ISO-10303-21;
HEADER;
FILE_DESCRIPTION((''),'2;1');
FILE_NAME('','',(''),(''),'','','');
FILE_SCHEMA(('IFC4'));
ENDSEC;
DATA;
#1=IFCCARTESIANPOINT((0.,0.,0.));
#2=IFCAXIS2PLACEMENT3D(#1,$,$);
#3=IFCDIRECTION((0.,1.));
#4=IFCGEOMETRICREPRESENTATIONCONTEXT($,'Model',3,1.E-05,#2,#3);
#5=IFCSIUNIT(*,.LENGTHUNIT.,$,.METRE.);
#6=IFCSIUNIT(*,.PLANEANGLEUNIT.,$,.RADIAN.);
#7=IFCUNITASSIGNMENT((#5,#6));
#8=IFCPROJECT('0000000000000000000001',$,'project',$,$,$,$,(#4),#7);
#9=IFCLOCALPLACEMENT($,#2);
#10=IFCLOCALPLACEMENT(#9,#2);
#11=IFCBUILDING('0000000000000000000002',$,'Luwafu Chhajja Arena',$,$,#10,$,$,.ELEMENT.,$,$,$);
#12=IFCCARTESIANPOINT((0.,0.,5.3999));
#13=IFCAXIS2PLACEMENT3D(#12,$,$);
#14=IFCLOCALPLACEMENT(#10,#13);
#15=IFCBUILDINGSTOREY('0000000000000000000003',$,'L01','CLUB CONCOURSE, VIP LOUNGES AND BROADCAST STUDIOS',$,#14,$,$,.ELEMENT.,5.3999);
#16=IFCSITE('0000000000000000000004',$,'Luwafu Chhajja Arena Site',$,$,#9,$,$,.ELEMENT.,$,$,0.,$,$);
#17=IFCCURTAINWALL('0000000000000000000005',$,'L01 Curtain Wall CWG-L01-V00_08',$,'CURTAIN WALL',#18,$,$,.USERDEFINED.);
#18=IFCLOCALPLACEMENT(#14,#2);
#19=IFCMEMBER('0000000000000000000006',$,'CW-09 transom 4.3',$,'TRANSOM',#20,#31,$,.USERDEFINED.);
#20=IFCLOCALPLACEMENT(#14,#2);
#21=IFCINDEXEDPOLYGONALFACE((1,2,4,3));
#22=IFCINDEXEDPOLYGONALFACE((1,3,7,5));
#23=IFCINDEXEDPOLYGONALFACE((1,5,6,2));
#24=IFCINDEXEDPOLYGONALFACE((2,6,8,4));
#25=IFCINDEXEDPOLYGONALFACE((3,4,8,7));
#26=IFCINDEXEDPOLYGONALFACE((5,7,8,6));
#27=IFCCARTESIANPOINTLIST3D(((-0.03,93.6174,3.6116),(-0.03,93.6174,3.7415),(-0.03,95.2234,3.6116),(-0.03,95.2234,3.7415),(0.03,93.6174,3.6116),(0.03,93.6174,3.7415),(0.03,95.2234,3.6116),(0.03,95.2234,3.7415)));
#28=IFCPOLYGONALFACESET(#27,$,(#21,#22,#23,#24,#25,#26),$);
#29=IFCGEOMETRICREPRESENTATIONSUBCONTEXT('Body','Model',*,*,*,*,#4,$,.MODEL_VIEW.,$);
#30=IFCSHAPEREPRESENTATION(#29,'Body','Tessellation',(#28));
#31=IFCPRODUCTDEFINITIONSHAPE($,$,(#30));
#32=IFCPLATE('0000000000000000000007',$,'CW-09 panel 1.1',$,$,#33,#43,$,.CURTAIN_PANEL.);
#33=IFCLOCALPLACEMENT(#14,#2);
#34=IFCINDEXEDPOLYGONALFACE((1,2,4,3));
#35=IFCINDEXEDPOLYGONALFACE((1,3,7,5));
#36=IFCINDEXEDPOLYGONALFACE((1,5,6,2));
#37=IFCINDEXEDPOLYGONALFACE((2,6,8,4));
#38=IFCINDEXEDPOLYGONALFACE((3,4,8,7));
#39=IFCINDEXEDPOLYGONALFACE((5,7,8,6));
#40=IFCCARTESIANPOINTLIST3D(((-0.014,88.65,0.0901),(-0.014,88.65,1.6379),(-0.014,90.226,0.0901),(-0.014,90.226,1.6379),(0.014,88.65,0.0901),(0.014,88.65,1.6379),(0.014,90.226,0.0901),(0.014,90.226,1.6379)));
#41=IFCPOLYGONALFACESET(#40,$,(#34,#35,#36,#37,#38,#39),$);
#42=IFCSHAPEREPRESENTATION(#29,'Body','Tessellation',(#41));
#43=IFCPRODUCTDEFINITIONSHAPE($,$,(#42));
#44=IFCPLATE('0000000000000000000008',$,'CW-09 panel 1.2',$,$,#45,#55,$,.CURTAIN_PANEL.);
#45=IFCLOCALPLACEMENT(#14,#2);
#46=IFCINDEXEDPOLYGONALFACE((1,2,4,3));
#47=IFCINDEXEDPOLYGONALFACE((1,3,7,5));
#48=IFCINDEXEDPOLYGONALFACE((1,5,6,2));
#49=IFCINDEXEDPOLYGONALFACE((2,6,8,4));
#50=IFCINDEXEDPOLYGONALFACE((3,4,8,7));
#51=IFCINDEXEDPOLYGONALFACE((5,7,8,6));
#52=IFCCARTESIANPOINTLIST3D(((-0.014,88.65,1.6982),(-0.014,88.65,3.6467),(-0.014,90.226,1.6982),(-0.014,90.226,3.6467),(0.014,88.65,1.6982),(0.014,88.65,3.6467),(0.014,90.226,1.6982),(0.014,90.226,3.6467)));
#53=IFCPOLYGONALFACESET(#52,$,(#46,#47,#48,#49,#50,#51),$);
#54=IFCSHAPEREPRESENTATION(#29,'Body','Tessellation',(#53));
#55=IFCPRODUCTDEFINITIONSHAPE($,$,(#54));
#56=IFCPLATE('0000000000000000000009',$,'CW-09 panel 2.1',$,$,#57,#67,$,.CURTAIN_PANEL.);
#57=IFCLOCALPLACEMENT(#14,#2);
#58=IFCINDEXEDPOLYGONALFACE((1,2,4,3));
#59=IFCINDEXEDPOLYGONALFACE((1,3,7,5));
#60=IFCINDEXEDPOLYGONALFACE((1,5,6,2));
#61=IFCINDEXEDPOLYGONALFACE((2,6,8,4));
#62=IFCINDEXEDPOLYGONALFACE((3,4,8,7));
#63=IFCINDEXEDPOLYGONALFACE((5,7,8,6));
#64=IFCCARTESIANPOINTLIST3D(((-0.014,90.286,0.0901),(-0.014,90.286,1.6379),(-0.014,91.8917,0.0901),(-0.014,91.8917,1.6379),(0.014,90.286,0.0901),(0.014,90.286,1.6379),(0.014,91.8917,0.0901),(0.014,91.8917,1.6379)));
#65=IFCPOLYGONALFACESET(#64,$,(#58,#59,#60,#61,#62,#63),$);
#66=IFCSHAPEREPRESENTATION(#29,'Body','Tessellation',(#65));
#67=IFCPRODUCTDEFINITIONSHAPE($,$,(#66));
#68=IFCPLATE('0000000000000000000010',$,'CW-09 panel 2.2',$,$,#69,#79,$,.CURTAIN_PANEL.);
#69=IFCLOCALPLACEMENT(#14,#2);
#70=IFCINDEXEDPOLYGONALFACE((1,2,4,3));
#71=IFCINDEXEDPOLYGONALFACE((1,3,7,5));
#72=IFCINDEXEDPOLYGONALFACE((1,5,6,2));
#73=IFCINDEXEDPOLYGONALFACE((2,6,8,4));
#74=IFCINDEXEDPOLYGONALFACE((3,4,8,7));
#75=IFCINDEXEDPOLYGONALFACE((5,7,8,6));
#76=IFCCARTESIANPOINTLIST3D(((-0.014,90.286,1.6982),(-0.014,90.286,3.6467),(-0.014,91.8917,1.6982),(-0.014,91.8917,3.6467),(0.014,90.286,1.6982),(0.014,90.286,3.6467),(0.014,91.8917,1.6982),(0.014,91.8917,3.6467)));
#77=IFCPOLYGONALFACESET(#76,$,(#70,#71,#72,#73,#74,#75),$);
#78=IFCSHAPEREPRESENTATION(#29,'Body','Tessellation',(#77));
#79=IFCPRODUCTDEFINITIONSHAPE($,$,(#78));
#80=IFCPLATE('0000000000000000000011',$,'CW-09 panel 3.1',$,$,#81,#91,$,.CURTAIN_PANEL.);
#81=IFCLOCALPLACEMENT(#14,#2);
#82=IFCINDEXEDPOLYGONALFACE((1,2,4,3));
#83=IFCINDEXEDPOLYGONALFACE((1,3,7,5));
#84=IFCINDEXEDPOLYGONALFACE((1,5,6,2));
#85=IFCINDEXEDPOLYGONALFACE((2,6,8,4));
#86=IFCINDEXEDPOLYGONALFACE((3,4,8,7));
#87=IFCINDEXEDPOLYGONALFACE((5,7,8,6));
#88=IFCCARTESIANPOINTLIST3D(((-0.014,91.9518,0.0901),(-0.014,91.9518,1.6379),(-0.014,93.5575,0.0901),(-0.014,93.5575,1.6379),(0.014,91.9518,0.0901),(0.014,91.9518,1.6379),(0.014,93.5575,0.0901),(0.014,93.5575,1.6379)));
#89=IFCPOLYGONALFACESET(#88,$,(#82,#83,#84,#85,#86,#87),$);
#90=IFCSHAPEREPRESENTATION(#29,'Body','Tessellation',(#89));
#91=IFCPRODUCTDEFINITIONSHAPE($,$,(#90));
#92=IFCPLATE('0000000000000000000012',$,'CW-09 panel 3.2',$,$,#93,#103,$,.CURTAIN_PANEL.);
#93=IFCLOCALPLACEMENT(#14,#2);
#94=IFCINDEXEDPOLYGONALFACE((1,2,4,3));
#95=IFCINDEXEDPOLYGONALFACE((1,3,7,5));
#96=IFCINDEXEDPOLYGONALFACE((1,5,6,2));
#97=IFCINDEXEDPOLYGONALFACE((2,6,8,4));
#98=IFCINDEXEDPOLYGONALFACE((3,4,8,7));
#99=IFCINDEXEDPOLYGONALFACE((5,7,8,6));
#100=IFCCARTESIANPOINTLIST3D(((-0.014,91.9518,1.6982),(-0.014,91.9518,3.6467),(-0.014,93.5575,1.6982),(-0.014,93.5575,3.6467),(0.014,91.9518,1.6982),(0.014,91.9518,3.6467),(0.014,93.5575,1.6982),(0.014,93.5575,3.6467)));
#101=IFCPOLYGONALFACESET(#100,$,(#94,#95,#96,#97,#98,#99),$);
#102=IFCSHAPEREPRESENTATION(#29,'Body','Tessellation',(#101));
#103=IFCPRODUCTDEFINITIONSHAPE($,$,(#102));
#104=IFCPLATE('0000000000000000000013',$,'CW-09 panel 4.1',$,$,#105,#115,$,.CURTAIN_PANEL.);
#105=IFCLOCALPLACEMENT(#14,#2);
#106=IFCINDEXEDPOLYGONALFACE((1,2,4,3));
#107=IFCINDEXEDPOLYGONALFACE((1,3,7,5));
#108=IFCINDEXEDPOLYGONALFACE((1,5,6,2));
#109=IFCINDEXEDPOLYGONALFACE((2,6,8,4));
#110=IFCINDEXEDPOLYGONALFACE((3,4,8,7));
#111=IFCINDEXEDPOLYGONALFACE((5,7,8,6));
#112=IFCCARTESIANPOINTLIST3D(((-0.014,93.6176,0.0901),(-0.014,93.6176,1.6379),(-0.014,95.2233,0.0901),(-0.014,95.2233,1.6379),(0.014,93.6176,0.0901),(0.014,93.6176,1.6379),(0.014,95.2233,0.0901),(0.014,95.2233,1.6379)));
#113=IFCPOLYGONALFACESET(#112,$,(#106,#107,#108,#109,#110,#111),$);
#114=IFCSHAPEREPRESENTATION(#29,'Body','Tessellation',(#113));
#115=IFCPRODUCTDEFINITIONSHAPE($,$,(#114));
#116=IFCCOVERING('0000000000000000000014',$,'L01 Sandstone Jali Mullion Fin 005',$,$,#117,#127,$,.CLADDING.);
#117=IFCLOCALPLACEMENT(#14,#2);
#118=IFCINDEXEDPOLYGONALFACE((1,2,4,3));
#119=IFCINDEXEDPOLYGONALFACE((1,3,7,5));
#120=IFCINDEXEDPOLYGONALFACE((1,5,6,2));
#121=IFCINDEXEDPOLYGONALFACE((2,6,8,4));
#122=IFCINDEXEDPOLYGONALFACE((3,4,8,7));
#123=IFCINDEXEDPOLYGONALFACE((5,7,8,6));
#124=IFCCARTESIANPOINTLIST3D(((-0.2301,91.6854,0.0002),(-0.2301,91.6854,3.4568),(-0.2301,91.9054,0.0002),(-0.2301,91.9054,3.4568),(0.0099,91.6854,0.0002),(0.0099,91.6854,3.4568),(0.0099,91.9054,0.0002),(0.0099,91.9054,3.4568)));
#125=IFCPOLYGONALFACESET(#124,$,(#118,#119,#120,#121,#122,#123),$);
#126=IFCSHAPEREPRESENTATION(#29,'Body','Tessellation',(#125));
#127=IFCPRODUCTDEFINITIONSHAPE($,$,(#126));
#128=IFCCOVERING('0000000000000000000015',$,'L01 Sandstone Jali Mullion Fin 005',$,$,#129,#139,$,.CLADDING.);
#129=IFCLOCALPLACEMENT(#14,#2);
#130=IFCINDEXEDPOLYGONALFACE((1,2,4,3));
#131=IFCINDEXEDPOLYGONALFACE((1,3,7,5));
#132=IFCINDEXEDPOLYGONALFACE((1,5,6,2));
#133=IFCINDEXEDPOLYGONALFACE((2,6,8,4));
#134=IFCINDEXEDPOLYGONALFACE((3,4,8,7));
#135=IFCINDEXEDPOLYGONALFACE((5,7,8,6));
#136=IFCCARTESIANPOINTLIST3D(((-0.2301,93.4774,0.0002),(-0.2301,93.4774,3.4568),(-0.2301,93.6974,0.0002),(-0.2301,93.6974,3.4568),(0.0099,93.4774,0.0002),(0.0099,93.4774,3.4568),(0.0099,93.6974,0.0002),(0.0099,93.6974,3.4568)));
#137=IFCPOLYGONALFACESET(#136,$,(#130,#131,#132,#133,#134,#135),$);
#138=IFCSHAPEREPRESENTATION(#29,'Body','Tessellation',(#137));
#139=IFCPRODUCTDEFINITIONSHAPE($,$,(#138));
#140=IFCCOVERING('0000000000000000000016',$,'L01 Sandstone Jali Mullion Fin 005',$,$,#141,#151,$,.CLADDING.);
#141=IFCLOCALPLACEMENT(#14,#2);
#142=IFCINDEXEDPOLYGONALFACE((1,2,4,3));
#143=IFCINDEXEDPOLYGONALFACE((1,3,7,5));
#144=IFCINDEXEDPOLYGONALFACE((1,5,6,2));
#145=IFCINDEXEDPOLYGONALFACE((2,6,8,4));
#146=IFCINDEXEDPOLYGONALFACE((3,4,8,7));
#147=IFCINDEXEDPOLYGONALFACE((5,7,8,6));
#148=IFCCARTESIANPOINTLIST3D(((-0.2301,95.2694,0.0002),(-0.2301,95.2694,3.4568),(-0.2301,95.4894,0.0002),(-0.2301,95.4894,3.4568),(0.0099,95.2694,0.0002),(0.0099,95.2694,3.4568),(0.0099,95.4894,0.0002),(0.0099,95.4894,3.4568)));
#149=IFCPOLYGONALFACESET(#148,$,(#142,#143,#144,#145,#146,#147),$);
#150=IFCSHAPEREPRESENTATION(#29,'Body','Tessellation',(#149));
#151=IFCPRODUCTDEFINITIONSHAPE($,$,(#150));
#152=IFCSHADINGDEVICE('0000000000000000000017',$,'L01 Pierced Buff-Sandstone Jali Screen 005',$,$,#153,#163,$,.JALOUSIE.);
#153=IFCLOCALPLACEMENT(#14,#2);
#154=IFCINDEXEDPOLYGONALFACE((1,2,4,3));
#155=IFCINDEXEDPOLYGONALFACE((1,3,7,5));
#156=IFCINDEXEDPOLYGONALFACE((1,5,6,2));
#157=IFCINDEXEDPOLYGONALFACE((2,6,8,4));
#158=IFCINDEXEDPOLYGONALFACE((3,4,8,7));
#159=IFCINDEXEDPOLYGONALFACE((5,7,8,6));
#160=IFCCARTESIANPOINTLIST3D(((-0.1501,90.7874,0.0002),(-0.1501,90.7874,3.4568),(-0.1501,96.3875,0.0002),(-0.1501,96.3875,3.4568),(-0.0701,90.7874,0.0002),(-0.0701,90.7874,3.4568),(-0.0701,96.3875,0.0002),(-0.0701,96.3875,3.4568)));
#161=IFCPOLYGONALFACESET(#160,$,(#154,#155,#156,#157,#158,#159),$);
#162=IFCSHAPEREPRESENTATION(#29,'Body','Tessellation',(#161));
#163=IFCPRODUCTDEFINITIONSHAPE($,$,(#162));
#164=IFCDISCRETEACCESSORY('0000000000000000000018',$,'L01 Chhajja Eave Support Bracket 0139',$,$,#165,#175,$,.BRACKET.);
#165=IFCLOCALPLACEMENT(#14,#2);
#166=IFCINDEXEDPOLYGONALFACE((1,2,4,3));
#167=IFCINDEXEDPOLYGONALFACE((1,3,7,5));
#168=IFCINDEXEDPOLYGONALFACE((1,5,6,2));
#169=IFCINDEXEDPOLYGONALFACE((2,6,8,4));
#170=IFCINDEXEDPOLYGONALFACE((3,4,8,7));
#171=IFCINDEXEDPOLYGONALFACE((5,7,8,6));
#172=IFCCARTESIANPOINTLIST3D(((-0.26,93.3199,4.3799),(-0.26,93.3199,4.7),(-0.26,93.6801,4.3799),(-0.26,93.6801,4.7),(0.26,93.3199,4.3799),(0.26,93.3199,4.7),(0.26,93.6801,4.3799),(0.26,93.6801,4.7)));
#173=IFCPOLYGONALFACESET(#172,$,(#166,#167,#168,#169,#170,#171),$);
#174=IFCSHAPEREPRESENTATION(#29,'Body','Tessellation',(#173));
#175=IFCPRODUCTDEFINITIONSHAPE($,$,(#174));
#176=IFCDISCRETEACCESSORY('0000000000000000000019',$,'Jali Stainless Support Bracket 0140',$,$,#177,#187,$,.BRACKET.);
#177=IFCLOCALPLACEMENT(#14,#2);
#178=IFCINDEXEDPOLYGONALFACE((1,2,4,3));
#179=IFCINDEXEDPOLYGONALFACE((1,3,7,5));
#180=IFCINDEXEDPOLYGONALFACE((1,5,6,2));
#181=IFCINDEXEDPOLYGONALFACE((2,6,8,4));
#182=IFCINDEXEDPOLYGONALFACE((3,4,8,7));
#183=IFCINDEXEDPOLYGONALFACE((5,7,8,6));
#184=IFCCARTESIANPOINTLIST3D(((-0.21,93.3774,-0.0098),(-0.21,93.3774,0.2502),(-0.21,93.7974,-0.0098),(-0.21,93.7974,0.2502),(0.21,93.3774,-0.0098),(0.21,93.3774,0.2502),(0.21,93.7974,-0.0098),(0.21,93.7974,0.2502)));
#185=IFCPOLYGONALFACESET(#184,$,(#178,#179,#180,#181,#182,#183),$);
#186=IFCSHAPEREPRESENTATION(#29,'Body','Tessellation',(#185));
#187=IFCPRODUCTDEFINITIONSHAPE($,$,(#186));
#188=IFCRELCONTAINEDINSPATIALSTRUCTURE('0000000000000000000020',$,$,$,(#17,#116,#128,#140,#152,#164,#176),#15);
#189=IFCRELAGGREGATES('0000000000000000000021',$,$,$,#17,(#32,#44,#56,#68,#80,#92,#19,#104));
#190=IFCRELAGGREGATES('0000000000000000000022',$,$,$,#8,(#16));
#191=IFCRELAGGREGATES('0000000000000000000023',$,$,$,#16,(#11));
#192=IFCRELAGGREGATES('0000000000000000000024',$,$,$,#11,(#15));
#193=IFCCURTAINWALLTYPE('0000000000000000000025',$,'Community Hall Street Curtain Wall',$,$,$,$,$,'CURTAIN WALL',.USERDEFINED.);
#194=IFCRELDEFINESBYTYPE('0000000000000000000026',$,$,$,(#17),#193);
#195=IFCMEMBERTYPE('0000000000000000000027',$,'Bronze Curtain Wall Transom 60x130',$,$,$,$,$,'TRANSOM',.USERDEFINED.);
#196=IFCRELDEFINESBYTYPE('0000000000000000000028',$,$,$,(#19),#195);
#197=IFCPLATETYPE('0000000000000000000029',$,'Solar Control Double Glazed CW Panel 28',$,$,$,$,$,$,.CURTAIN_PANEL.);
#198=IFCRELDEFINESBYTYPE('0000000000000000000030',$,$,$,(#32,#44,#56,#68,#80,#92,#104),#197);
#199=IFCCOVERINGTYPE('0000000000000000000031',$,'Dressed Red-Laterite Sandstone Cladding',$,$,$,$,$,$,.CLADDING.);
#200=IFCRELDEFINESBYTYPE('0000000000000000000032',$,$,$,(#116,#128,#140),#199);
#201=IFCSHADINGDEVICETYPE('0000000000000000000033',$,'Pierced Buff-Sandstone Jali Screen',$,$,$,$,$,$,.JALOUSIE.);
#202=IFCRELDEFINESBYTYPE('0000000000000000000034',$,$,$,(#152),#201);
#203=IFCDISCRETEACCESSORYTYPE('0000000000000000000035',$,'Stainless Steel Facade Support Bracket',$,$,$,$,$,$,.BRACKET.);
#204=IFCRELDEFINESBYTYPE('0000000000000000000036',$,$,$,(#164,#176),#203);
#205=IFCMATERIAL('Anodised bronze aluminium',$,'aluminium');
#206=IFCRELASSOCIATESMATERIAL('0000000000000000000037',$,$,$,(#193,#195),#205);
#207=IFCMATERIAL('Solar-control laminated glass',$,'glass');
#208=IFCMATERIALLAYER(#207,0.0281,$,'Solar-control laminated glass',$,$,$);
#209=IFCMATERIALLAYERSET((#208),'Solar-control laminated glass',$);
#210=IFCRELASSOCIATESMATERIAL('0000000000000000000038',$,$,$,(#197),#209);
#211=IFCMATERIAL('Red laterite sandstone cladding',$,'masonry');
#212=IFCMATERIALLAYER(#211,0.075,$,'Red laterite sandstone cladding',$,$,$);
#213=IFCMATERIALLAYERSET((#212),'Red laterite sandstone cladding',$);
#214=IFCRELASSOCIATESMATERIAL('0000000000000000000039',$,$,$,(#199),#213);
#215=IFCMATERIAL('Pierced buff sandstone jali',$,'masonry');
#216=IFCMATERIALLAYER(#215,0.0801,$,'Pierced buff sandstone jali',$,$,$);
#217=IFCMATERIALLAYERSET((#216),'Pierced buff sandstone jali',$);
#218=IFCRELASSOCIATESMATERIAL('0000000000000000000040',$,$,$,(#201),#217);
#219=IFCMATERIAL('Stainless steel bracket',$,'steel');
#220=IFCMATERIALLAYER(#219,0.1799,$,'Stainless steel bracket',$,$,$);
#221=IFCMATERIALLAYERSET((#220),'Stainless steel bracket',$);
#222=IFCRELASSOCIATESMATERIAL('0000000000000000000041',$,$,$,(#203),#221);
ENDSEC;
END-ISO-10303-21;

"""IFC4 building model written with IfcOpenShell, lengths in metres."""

from ifc_helpers import new_model, si_unit, direction, frame, origin, origin_2d, place, context, subcontext, project, spatial, rectangle, extrude, material, layer, layer_set, material_profile, profile_set, type_object, element, aggregate, save


model = new_model("IFC4")

# Units and contexts
model_context = context("Model", 3, precision=1e-05, world=origin(), true_north=direction((0.0, 1.0)))
body_context = subcontext(model_context, "Body", "Model", "MODEL_VIEW")
ifc_project = project(units=[si_unit("LENGTHUNIT", "METRE"), si_unit("PLANEANGLEUNIT", "RADIAN")], contexts=[model_context])

# Site, building, storey
site_placement = place(None, origin())
site = spatial("IfcSite", under=ifc_project, at=site_placement, Name="Luwafu Chhajja Arena Site", CompositionType="ELEMENT", RefElevation=0.0)
building_placement = place(site_placement, origin())
building = spatial("IfcBuilding", under=site, at=building_placement, Name="Luwafu Chhajja Arena", CompositionType="ELEMENT")
storey_placement = place(building_placement, frame((0.0, 0.0, 5.3999)))
storey = spatial("IfcBuildingStorey", under=building, at=storey_placement, Name="L01", Description="CLUB CONCOURSE, VIP LOUNGES AND BROADCAST STUDIOS", CompositionType="ELEMENT", Elevation=5.3999)

# Curtain wall, member, plates
ifc_material_1 = material(Name="Anodised bronze aluminium", Category="aluminium")
curtain_wall_type = type_object("IfcCurtainWallType", Name="Community Hall Street Curtain Wall", ElementType="CURTAIN WALL", PredefinedType="USERDEFINED", material=ifc_material_1)
curtain_wall_placement = place(storey_placement, origin())
curtain_wall = element("IfcCurtainWall", 1, at=curtain_wall_placement, inside=storey, type_object=curtain_wall_type, Name="L01 Curtain Wall CWG-L01-V00_08", ObjectType="CURTAIN WALL", PredefinedType="USERDEFINED")
ifc_material_profile_1 = material_profile(ifc_material_1, rectangle(XDim=0.0601, YDim=0.1299, at=origin_2d()), Name="CWT 60x130")
ifc_profile_set_1 = profile_set([ifc_material_profile_1], Name="Anodised bronze aluminium")
member_type_1 = type_object("IfcMemberType", Name="Bronze Curtain Wall Transom 60x130", ElementType="TRANSOM", PredefinedType="USERDEFINED", material=ifc_profile_set_1)
member_1_placement = place(storey_placement, frame((0.0, 93.6174, 3.6765), z_axis=(0.0, 1.0, 0.0), x_axis=(-1.0, 0.0, 0.0)))
member_1 = element("IfcMember", 2, at=member_1_placement, type_object=member_type_1, Name="CW-09 transom 4.3", ObjectType="TRANSOM", PredefinedType="USERDEFINED", context=body_context, shape_type="SweptSolid", body=[
    extrude(rectangle(XDim=0.0601, YDim=0.1299, at=origin_2d()), origin(), (0.0, 0.0, 1.0), 1.606),
])
ifc_material_2 = material(Name="Solar-control laminated glass", Category="glass")
ifc_layer_1 = layer(ifc_material_2, 0.0281, Name="Solar-control laminated glass")
ifc_layer_set_1 = layer_set([ifc_layer_1], Name="Solar-control laminated glass")
plate_type = type_object("IfcPlateType", Name="Solar Control Double Glazed CW Panel 28", PredefinedType="CURTAIN_PANEL", material=ifc_layer_set_1)
plate_1_placement = place(storey_placement, frame((0.0, 89.438, 0.0901), z_axis=(0.0, 0.0, 1.0), x_axis=(0.0, 1.0, 0.0)))
plate_1 = element("IfcPlate", 3, at=plate_1_placement, type_object=plate_type, Name="CW-09 panel 1.1", PredefinedType="CURTAIN_PANEL", context=body_context, shape_type="SweptSolid", body=[
    extrude(rectangle(XDim=1.5759, YDim=0.0281, at=origin_2d()), origin(), (0.0, 0.0, 1.0), 1.5479),
])
plate_2_placement = place(storey_placement, frame((0.0, 89.438, 1.6982), z_axis=(0.0, 0.0, 1.0), x_axis=(0.0, 1.0, 0.0)))
plate_2 = element("IfcPlate", 4, at=plate_2_placement, type_object=plate_type, Name="CW-09 panel 1.2", PredefinedType="CURTAIN_PANEL", context=body_context, shape_type="SweptSolid", body=[
    extrude(rectangle(XDim=1.5759, YDim=0.0281, at=origin_2d()), origin(), (0.0, 0.0, 1.0), 1.9485),
])
plate_3_placement = place(storey_placement, frame((0.0, 91.0889, 0.0901), z_axis=(0.0, 0.0, 1.0), x_axis=(0.0, 1.0, 0.0)))
plate_3 = element("IfcPlate", 5, at=plate_3_placement, type_object=plate_type, Name="CW-09 panel 2.1", PredefinedType="CURTAIN_PANEL", context=body_context, shape_type="SweptSolid", body=[
    extrude(rectangle(XDim=1.6057, YDim=0.0281, at=origin_2d()), origin(), (0.0, 0.0, 1.0), 1.5479),
])
plate_4_placement = place(storey_placement, frame((0.0, 91.0889, 1.6982), z_axis=(0.0, 0.0, 1.0), x_axis=(0.0, 1.0, 0.0)))
plate_4 = element("IfcPlate", 6, at=plate_4_placement, type_object=plate_type, Name="CW-09 panel 2.2", PredefinedType="CURTAIN_PANEL", context=body_context, shape_type="SweptSolid", body=[
    extrude(rectangle(XDim=1.6057, YDim=0.0281, at=origin_2d()), origin(), (0.0, 0.0, 1.0), 1.9485),
])
plate_5_placement = place(storey_placement, frame((0.0, 92.7546, 0.0901), z_axis=(0.0, 0.0, 1.0), x_axis=(0.0, 1.0, 0.0)))
plate_5 = element("IfcPlate", 7, at=plate_5_placement, type_object=plate_type, Name="CW-09 panel 3.1", PredefinedType="CURTAIN_PANEL", context=body_context, shape_type="SweptSolid", body=[
    extrude(rectangle(XDim=1.6057, YDim=0.0281, at=origin_2d()), origin(), (0.0, 0.0, 1.0), 1.5479),
])
plate_6_placement = place(storey_placement, frame((0.0, 92.7546, 1.6982), z_axis=(0.0, 0.0, 1.0), x_axis=(0.0, 1.0, 0.0)))
plate_6 = element("IfcPlate", 8, at=plate_6_placement, type_object=plate_type, Name="CW-09 panel 3.2", PredefinedType="CURTAIN_PANEL", context=body_context, shape_type="SweptSolid", body=[
    extrude(rectangle(XDim=1.6057, YDim=0.0281, at=origin_2d()), origin(), (0.0, 0.0, 1.0), 1.9485),
])
plate_7_placement = place(storey_placement, frame((0.0, 94.4204, 0.0901), z_axis=(0.0, 0.0, 1.0), x_axis=(0.0, 1.0, 0.0)))
plate_7 = element("IfcPlate", 9, at=plate_7_placement, type_object=plate_type, Name="CW-09 panel 4.1", PredefinedType="CURTAIN_PANEL", context=body_context, shape_type="SweptSolid", body=[
    extrude(rectangle(XDim=1.6057, YDim=0.0281, at=origin_2d()), origin(), (0.0, 0.0, 1.0), 1.5479),
])
aggregate(curtain_wall, [plate_1, plate_2, plate_3, plate_4, plate_5, plate_6, member_1, plate_7])

# Coverings
ifc_material_3 = material(Name="Red laterite sandstone cladding", Category="masonry")
ifc_layer_2 = layer(ifc_material_3, 0.075, Name="Red laterite sandstone cladding")
ifc_layer_set_2 = layer_set([ifc_layer_2], Name="Red laterite sandstone cladding")
covering_type = type_object("IfcCoveringType", Name="Dressed Red-Laterite Sandstone Cladding", PredefinedType="CLADDING", material=ifc_layer_set_2)
for number, where, z_axis, x_axis, name in (
    (10, (-0.1101, 91.7954, 0.0002), (0.0, 0.0, 1.0), (0.0, 1.0, 0.0), "L01 Sandstone Jali Mullion Fin 005"),
    (11, (-0.1101, 93.5874, 0.0002), (0.0, 0.0, 1.0), (0.0, 1.0, 0.0), "L01 Sandstone Jali Mullion Fin 005"),
    (12, (-0.1101, 95.3794, 0.0002), (0.0, 0.0, 1.0), (0.0, 1.0, 0.0), "L01 Sandstone Jali Mullion Fin 005"),
):
    element("IfcCovering", number, at=place(storey_placement, frame(where, z_axis=z_axis, x_axis=x_axis)), inside=storey, type_object=covering_type, Name=name, PredefinedType="CLADDING", context=body_context, shape_type="SweptSolid", body=[
        extrude(rectangle(XDim=0.22, YDim=0.24, at=origin_2d()), origin(), (0.0, 0.0, 1.0), 3.4565),
    ])

# Shading device
ifc_material_4 = material(Name="Pierced buff sandstone jali", Category="masonry")
ifc_layer_3 = layer(ifc_material_4, 0.0801, Name="Pierced buff sandstone jali")
ifc_layer_set_3 = layer_set([ifc_layer_3], Name="Pierced buff sandstone jali")
shading_device_type = type_object("IfcShadingDeviceType", Name="Pierced Buff-Sandstone Jali Screen", PredefinedType="JALOUSIE", material=ifc_layer_set_3)
shading_device_placement = place(storey_placement, frame((-0.1101, 93.5874, 0.0002), z_axis=(0.0, 0.0, 1.0), x_axis=(0.0, 1.0, 0.0)))
element("IfcShadingDevice", 13, at=shading_device_placement, inside=storey, type_object=shading_device_type, Name="L01 Pierced Buff-Sandstone Jali Screen 005", PredefinedType="JALOUSIE", context=body_context, shape_type="SweptSolid", body=[
    extrude(rectangle(XDim=5.6001, YDim=0.0801, at=origin_2d()), origin(), (0.0, 0.0, 1.0), 3.4565),
])

# Discrete accessories
ifc_material_5 = material(Name="Stainless steel bracket", Category="steel")
ifc_layer_4 = layer(ifc_material_5, 0.1799, Name="Stainless steel bracket")
ifc_layer_set_4 = layer_set([ifc_layer_4], Name="Stainless steel bracket")
discrete_accessory_type = type_object("IfcDiscreteAccessoryType", Name="Stainless Steel Facade Support Bracket", PredefinedType="BRACKET", material=ifc_layer_set_4)
discrete_accessory_1_placement = place(storey_placement, frame((0.0, 93.5, 4.3799), z_axis=(0.0, 0.0, 1.0), x_axis=(0.0, 1.0, 0.0)))
element("IfcDiscreteAccessory", 14, at=discrete_accessory_1_placement, inside=storey, type_object=discrete_accessory_type, Name="L01 Chhajja Eave Support Bracket 0139", PredefinedType="BRACKET", context=body_context, shape_type="SweptSolid", body=[
    extrude(rectangle(XDim=0.3601, YDim=0.52, at=origin_2d()), origin(), (0.0, 0.0, 1.0), 0.3201),
])
discrete_accessory_2_placement = place(storey_placement, frame((0.0, 93.5874, -0.0098), z_axis=(0.0, 0.0, 1.0), x_axis=(0.0, 1.0, 0.0)))
element("IfcDiscreteAccessory", 15, at=discrete_accessory_2_placement, inside=storey, type_object=discrete_accessory_type, Name="Jali Stainless Support Bracket 0140", PredefinedType="BRACKET", context=body_context, shape_type="SweptSolid", body=[
    extrude(rectangle(XDim=0.4199, YDim=0.4199, at=origin_2d()), origin(), (0.0, 0.0, 1.0), 0.26),
])

save(model, "model.ifc")
